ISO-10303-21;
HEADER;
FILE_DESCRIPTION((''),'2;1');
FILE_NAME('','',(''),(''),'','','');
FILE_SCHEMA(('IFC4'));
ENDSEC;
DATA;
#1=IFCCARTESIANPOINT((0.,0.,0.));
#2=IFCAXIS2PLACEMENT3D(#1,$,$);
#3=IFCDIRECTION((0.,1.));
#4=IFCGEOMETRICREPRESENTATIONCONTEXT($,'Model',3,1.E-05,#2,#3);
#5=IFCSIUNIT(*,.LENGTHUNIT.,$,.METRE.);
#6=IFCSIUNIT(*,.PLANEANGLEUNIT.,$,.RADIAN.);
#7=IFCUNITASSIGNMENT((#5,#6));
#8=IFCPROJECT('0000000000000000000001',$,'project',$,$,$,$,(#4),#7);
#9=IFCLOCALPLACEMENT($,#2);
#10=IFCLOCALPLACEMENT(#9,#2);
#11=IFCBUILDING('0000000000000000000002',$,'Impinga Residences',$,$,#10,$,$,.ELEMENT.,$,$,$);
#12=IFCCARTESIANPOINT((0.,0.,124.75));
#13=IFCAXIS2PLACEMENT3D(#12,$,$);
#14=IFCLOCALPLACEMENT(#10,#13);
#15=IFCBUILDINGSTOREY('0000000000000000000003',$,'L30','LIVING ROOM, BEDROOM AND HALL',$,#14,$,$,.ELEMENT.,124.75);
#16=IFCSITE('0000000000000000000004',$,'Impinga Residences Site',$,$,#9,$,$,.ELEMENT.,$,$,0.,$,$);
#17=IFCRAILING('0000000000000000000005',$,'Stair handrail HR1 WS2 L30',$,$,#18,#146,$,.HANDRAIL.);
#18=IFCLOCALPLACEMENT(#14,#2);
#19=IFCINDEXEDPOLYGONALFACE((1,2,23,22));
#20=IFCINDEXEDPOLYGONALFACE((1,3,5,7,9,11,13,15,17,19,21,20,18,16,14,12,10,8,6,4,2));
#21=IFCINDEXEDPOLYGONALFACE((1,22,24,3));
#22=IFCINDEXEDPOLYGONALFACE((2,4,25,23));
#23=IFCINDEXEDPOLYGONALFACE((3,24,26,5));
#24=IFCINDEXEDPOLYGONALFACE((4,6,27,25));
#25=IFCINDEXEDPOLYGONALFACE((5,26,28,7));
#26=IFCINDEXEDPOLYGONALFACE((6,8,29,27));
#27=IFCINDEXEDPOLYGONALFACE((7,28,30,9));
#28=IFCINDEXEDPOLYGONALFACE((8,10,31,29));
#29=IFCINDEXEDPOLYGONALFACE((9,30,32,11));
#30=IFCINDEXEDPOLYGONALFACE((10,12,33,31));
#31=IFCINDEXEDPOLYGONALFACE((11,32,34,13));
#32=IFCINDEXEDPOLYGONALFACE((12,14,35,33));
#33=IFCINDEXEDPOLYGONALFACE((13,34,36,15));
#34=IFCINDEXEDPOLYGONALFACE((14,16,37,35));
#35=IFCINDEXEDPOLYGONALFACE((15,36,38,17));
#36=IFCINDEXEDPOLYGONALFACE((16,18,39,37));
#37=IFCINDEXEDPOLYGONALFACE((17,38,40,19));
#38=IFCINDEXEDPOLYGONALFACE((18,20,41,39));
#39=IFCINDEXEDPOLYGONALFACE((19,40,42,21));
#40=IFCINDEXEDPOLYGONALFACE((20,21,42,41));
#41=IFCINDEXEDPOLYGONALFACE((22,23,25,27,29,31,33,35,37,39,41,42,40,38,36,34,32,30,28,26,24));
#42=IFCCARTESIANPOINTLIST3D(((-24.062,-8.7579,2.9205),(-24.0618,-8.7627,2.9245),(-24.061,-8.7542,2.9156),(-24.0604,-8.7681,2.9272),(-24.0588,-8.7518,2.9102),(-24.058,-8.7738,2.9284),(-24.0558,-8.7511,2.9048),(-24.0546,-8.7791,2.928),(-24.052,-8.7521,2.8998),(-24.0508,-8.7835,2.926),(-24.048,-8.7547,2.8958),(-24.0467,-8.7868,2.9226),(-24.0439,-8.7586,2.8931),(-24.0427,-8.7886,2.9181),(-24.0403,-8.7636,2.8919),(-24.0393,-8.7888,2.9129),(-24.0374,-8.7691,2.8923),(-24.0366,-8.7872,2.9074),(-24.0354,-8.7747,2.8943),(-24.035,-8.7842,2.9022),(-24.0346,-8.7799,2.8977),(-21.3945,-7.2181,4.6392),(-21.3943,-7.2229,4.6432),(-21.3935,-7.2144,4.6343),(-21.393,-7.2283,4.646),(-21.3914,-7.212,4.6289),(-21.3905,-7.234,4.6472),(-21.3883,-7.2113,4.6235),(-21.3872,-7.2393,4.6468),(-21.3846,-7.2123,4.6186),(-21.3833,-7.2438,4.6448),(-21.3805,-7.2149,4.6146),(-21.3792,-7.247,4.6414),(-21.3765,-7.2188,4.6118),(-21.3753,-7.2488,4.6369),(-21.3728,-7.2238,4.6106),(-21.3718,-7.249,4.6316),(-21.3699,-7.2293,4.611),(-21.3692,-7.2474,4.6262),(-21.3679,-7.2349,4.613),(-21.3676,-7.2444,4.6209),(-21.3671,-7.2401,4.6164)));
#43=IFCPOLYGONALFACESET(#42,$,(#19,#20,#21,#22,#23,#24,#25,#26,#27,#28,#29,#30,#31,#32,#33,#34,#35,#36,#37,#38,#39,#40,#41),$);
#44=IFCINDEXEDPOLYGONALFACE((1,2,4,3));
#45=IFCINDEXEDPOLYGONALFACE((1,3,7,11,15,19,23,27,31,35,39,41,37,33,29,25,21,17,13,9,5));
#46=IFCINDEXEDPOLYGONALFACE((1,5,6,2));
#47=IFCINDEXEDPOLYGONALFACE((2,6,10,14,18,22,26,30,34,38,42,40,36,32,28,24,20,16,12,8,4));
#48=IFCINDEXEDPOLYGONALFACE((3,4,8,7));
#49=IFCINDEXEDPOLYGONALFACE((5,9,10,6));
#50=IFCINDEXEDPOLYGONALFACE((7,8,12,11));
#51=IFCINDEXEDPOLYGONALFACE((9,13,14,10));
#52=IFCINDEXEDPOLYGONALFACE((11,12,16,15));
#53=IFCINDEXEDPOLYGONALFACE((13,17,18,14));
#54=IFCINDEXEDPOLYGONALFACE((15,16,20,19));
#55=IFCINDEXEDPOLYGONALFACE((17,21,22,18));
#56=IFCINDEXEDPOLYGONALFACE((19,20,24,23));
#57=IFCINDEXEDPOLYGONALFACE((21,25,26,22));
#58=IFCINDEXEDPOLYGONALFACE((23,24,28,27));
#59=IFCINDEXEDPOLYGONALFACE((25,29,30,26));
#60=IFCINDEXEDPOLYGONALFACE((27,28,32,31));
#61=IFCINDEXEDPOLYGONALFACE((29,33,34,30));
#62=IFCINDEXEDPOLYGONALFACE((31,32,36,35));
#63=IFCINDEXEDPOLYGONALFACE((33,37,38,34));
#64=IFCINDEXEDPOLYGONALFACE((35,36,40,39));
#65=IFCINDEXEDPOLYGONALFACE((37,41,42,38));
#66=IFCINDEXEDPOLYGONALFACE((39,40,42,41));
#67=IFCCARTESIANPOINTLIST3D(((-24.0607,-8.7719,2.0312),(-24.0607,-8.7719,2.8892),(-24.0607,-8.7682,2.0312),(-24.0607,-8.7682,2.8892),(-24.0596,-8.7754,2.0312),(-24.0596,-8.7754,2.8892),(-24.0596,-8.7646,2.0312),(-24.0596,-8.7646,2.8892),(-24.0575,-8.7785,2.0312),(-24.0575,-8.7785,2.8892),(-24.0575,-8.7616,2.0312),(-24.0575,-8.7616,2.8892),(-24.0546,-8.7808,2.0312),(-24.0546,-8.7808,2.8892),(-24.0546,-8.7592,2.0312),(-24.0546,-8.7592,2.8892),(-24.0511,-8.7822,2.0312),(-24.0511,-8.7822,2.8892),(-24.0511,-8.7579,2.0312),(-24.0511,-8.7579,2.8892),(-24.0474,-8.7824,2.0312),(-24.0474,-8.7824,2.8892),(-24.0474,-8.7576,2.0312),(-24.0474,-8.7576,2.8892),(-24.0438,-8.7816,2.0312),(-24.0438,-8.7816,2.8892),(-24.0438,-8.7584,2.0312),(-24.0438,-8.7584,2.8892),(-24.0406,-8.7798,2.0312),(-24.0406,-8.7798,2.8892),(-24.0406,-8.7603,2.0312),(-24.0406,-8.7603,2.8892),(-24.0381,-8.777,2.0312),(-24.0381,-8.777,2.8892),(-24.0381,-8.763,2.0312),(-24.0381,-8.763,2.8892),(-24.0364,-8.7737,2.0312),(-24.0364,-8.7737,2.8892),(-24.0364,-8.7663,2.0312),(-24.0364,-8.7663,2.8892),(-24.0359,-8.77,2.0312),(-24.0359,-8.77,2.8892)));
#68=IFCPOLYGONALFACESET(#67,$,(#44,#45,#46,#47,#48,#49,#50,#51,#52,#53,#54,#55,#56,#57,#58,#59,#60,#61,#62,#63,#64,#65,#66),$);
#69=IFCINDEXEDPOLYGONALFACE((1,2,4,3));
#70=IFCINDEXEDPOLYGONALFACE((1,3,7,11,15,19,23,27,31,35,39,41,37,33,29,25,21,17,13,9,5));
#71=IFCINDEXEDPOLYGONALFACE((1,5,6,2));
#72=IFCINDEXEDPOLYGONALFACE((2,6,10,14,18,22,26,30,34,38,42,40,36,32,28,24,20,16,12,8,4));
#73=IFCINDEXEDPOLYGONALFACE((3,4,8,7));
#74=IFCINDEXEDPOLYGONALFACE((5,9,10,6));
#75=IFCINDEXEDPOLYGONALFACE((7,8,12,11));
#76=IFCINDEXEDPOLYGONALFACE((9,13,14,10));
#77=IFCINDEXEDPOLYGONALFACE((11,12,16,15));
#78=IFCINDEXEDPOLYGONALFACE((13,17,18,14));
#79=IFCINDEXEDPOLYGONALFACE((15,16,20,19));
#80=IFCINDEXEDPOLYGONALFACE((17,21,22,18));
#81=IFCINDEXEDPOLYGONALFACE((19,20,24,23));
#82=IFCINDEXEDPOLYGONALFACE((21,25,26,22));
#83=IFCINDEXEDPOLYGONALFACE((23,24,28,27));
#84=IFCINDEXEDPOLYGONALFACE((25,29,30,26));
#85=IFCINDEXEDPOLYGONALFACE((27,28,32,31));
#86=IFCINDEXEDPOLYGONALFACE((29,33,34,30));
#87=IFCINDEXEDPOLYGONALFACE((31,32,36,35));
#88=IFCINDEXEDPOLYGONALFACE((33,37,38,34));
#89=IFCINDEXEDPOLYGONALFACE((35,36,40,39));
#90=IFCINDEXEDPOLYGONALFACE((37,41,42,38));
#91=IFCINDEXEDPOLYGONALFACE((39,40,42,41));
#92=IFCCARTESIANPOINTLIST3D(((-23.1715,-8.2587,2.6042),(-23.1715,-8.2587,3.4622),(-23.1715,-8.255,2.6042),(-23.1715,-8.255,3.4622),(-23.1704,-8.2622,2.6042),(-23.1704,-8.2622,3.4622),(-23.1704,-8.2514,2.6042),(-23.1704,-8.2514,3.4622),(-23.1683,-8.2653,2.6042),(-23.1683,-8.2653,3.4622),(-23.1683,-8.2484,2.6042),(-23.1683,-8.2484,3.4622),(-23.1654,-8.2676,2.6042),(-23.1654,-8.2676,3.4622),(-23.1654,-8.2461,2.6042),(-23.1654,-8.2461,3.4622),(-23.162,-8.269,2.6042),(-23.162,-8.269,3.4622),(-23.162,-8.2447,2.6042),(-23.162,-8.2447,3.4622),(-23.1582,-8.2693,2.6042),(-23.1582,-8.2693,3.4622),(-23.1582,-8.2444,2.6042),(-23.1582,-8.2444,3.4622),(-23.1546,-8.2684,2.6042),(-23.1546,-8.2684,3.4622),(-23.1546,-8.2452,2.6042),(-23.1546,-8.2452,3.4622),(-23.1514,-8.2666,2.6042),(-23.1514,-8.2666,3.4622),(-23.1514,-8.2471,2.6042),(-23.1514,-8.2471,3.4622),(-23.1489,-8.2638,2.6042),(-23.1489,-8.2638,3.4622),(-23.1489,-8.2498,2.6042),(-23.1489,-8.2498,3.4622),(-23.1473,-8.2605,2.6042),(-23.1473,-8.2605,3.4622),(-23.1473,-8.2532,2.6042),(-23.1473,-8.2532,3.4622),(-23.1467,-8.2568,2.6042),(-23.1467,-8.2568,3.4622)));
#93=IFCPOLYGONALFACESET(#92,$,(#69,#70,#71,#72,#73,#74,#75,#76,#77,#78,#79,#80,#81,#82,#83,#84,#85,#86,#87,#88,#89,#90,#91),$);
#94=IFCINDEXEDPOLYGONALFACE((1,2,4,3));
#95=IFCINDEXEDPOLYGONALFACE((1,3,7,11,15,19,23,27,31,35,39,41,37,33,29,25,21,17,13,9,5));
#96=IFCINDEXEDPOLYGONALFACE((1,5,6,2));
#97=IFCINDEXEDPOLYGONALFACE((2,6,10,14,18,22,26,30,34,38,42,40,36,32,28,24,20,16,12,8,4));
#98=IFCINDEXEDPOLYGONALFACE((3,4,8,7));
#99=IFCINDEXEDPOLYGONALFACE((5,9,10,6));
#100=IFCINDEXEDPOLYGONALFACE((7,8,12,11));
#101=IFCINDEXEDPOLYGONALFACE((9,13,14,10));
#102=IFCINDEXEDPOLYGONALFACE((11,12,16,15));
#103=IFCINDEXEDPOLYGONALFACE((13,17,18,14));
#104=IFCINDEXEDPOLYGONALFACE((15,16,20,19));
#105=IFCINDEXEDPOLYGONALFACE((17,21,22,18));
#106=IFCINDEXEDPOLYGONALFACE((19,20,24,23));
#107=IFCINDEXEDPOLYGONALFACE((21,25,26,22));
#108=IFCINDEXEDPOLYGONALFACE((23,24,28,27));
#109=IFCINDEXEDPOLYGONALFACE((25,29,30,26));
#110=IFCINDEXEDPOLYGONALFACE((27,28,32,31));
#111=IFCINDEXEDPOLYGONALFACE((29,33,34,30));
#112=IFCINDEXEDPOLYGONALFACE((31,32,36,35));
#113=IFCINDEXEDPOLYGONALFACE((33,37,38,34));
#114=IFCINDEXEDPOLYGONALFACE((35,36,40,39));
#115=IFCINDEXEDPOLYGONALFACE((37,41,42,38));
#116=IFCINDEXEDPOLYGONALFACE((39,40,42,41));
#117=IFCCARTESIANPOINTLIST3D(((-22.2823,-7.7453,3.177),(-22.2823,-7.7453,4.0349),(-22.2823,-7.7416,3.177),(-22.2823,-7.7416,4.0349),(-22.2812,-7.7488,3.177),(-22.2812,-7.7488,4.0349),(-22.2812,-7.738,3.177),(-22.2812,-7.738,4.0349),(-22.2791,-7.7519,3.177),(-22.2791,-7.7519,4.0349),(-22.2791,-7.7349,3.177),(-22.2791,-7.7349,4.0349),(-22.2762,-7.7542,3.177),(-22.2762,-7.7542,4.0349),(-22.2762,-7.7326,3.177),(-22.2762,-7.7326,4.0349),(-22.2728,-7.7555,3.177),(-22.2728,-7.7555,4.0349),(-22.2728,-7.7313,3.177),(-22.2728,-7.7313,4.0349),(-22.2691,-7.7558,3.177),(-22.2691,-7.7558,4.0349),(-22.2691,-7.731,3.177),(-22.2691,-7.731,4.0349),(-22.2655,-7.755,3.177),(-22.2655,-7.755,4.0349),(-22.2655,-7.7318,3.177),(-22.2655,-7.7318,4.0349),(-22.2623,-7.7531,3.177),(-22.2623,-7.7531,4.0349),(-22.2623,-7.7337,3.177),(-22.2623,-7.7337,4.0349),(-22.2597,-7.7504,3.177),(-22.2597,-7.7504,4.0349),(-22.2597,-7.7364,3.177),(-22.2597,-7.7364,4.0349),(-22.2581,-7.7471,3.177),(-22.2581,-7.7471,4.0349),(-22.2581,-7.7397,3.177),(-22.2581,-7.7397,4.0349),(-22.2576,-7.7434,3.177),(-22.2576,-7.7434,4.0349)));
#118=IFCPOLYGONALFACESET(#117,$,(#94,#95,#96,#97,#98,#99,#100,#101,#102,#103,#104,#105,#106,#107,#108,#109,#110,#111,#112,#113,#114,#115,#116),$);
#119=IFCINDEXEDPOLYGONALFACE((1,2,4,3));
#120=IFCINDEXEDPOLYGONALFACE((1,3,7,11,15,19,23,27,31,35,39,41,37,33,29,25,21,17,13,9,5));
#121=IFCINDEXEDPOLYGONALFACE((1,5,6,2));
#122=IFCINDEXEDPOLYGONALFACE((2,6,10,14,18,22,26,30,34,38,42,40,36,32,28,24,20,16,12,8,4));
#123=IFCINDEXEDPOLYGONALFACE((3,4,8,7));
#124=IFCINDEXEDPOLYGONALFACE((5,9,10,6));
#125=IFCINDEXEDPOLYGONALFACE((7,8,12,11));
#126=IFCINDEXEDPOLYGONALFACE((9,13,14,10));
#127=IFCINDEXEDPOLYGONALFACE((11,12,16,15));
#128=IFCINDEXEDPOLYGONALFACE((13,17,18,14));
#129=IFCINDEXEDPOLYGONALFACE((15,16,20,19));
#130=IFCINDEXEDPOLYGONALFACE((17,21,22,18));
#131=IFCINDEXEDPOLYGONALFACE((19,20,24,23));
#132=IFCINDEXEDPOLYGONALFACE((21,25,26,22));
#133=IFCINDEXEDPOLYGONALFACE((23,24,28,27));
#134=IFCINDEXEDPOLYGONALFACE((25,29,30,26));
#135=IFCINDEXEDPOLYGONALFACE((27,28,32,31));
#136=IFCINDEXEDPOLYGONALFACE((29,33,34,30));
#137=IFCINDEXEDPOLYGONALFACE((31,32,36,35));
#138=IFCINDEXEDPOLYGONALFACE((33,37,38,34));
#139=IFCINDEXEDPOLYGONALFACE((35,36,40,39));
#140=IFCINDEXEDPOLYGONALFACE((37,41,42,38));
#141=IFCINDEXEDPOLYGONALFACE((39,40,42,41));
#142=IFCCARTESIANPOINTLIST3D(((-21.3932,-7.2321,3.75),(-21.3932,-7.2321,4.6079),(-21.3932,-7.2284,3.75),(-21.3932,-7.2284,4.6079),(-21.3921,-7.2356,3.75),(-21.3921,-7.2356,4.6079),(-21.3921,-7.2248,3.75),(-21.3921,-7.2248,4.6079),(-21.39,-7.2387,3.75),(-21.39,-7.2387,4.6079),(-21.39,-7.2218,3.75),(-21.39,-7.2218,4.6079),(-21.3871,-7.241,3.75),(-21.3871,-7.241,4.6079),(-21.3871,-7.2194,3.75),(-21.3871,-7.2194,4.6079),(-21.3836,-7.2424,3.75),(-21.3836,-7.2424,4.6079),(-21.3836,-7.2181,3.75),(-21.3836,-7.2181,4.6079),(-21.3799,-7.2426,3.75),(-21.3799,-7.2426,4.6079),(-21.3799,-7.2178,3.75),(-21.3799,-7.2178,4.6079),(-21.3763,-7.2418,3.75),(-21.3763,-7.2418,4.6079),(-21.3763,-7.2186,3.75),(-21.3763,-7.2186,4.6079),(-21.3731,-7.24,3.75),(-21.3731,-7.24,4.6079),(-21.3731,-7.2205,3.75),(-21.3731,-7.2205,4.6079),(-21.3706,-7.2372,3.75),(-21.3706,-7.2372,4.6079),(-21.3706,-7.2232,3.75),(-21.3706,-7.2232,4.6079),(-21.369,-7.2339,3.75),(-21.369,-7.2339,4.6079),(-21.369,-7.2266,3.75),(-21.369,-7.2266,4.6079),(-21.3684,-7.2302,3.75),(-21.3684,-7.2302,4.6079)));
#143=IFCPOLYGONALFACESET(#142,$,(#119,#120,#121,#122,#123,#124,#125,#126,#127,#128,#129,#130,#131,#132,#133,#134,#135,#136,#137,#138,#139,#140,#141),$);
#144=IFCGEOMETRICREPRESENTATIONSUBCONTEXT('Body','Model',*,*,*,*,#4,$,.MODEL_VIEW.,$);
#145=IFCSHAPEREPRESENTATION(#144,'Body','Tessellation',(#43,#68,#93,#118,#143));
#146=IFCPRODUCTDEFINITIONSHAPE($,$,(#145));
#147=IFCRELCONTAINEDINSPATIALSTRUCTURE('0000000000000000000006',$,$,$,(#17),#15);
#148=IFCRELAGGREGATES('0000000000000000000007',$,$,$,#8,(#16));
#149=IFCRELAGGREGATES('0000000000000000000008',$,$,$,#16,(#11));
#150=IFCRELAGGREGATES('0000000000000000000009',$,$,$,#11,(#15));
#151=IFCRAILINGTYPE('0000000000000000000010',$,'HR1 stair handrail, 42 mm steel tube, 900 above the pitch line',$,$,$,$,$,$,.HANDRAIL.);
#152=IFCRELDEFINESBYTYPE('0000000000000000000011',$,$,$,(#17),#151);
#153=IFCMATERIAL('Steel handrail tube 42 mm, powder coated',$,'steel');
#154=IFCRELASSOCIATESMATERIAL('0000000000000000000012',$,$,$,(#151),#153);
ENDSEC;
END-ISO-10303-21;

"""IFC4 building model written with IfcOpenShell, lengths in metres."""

from ifc_helpers import new_model, si_unit, direction, frame, origin, origin_2d, place, context, subcontext, project, spatial, circle, extrude, material, type_object, element, save


model = new_model("IFC4")

# Units and contexts
model_context = context("Model", 3, precision=1e-05, world=origin(), true_north=direction((0.0, 1.0)))
body_context = subcontext(model_context, "Body", "Model", "MODEL_VIEW")
ifc_project = project(units=[si_unit("LENGTHUNIT", "METRE"), si_unit("PLANEANGLEUNIT", "RADIAN")], contexts=[model_context])

# Site, building, storey
site_placement = place(None, origin())
site = spatial("IfcSite", under=ifc_project, at=site_placement, Name="Impinga Residences Site", CompositionType="ELEMENT", RefElevation=0.0)
building_placement = place(site_placement, origin())
building = spatial("IfcBuilding", under=site, at=building_placement, Name="Impinga Residences", CompositionType="ELEMENT")
storey_placement = place(building_placement, frame((0.0, 0.0, 124.75)))
storey = spatial("IfcBuildingStorey", under=building, at=storey_placement, Name="L30", Description="LIVING ROOM, BEDROOM AND HALL", CompositionType="ELEMENT", Elevation=124.75)

# Railing
ifc_material_1 = material(Name="Steel handrail tube 42 mm, powder coated", Category="steel")
railing_type_1 = type_object("IfcRailingType", Name="HR1 stair handrail, 42 mm steel tube, 900 above the pitch line", PredefinedType="HANDRAIL", material=ifc_material_1)
railing_1_placement = place(storey_placement, frame((-24.0483, -8.77, 2.0312)))
element("IfcRailing", 1, at=railing_1_placement, inside=storey, type_object=railing_type_1, Name="Stair handrail HR1 WS2 L30", PredefinedType="HANDRAIL", context=body_context, shape_type="SweptSolid", body=[
    extrude(circle(Radius=0.021, at=origin_2d()), frame((0.0, 0.0, 0.8789), z_axis=(0.756279, 0.43656, 0.487297), x_axis=(-0.499933, 0.866064, 0.0)), (0.0, 0.0, 1.0), 3.5271),
    extrude(circle(Radius=0.0125, at=origin_2d()), origin(), (0.0, 0.0, 1.0), 0.8579),
    extrude(circle(Radius=0.0125, at=origin_2d()), frame((0.8892, 0.5132, 0.573)), (0.0, 0.0, 1.0), 0.8579),
    extrude(circle(Radius=0.0125, at=origin_2d()), frame((1.7783, 1.0266, 1.1458)), (0.0, 0.0, 1.0), 0.8579),
    extrude(circle(Radius=0.0125, at=origin_2d()), frame((2.6675, 1.5398, 1.7188)), (0.0, 0.0, 1.0), 0.8579),
])

save(model, "model.ifc")
